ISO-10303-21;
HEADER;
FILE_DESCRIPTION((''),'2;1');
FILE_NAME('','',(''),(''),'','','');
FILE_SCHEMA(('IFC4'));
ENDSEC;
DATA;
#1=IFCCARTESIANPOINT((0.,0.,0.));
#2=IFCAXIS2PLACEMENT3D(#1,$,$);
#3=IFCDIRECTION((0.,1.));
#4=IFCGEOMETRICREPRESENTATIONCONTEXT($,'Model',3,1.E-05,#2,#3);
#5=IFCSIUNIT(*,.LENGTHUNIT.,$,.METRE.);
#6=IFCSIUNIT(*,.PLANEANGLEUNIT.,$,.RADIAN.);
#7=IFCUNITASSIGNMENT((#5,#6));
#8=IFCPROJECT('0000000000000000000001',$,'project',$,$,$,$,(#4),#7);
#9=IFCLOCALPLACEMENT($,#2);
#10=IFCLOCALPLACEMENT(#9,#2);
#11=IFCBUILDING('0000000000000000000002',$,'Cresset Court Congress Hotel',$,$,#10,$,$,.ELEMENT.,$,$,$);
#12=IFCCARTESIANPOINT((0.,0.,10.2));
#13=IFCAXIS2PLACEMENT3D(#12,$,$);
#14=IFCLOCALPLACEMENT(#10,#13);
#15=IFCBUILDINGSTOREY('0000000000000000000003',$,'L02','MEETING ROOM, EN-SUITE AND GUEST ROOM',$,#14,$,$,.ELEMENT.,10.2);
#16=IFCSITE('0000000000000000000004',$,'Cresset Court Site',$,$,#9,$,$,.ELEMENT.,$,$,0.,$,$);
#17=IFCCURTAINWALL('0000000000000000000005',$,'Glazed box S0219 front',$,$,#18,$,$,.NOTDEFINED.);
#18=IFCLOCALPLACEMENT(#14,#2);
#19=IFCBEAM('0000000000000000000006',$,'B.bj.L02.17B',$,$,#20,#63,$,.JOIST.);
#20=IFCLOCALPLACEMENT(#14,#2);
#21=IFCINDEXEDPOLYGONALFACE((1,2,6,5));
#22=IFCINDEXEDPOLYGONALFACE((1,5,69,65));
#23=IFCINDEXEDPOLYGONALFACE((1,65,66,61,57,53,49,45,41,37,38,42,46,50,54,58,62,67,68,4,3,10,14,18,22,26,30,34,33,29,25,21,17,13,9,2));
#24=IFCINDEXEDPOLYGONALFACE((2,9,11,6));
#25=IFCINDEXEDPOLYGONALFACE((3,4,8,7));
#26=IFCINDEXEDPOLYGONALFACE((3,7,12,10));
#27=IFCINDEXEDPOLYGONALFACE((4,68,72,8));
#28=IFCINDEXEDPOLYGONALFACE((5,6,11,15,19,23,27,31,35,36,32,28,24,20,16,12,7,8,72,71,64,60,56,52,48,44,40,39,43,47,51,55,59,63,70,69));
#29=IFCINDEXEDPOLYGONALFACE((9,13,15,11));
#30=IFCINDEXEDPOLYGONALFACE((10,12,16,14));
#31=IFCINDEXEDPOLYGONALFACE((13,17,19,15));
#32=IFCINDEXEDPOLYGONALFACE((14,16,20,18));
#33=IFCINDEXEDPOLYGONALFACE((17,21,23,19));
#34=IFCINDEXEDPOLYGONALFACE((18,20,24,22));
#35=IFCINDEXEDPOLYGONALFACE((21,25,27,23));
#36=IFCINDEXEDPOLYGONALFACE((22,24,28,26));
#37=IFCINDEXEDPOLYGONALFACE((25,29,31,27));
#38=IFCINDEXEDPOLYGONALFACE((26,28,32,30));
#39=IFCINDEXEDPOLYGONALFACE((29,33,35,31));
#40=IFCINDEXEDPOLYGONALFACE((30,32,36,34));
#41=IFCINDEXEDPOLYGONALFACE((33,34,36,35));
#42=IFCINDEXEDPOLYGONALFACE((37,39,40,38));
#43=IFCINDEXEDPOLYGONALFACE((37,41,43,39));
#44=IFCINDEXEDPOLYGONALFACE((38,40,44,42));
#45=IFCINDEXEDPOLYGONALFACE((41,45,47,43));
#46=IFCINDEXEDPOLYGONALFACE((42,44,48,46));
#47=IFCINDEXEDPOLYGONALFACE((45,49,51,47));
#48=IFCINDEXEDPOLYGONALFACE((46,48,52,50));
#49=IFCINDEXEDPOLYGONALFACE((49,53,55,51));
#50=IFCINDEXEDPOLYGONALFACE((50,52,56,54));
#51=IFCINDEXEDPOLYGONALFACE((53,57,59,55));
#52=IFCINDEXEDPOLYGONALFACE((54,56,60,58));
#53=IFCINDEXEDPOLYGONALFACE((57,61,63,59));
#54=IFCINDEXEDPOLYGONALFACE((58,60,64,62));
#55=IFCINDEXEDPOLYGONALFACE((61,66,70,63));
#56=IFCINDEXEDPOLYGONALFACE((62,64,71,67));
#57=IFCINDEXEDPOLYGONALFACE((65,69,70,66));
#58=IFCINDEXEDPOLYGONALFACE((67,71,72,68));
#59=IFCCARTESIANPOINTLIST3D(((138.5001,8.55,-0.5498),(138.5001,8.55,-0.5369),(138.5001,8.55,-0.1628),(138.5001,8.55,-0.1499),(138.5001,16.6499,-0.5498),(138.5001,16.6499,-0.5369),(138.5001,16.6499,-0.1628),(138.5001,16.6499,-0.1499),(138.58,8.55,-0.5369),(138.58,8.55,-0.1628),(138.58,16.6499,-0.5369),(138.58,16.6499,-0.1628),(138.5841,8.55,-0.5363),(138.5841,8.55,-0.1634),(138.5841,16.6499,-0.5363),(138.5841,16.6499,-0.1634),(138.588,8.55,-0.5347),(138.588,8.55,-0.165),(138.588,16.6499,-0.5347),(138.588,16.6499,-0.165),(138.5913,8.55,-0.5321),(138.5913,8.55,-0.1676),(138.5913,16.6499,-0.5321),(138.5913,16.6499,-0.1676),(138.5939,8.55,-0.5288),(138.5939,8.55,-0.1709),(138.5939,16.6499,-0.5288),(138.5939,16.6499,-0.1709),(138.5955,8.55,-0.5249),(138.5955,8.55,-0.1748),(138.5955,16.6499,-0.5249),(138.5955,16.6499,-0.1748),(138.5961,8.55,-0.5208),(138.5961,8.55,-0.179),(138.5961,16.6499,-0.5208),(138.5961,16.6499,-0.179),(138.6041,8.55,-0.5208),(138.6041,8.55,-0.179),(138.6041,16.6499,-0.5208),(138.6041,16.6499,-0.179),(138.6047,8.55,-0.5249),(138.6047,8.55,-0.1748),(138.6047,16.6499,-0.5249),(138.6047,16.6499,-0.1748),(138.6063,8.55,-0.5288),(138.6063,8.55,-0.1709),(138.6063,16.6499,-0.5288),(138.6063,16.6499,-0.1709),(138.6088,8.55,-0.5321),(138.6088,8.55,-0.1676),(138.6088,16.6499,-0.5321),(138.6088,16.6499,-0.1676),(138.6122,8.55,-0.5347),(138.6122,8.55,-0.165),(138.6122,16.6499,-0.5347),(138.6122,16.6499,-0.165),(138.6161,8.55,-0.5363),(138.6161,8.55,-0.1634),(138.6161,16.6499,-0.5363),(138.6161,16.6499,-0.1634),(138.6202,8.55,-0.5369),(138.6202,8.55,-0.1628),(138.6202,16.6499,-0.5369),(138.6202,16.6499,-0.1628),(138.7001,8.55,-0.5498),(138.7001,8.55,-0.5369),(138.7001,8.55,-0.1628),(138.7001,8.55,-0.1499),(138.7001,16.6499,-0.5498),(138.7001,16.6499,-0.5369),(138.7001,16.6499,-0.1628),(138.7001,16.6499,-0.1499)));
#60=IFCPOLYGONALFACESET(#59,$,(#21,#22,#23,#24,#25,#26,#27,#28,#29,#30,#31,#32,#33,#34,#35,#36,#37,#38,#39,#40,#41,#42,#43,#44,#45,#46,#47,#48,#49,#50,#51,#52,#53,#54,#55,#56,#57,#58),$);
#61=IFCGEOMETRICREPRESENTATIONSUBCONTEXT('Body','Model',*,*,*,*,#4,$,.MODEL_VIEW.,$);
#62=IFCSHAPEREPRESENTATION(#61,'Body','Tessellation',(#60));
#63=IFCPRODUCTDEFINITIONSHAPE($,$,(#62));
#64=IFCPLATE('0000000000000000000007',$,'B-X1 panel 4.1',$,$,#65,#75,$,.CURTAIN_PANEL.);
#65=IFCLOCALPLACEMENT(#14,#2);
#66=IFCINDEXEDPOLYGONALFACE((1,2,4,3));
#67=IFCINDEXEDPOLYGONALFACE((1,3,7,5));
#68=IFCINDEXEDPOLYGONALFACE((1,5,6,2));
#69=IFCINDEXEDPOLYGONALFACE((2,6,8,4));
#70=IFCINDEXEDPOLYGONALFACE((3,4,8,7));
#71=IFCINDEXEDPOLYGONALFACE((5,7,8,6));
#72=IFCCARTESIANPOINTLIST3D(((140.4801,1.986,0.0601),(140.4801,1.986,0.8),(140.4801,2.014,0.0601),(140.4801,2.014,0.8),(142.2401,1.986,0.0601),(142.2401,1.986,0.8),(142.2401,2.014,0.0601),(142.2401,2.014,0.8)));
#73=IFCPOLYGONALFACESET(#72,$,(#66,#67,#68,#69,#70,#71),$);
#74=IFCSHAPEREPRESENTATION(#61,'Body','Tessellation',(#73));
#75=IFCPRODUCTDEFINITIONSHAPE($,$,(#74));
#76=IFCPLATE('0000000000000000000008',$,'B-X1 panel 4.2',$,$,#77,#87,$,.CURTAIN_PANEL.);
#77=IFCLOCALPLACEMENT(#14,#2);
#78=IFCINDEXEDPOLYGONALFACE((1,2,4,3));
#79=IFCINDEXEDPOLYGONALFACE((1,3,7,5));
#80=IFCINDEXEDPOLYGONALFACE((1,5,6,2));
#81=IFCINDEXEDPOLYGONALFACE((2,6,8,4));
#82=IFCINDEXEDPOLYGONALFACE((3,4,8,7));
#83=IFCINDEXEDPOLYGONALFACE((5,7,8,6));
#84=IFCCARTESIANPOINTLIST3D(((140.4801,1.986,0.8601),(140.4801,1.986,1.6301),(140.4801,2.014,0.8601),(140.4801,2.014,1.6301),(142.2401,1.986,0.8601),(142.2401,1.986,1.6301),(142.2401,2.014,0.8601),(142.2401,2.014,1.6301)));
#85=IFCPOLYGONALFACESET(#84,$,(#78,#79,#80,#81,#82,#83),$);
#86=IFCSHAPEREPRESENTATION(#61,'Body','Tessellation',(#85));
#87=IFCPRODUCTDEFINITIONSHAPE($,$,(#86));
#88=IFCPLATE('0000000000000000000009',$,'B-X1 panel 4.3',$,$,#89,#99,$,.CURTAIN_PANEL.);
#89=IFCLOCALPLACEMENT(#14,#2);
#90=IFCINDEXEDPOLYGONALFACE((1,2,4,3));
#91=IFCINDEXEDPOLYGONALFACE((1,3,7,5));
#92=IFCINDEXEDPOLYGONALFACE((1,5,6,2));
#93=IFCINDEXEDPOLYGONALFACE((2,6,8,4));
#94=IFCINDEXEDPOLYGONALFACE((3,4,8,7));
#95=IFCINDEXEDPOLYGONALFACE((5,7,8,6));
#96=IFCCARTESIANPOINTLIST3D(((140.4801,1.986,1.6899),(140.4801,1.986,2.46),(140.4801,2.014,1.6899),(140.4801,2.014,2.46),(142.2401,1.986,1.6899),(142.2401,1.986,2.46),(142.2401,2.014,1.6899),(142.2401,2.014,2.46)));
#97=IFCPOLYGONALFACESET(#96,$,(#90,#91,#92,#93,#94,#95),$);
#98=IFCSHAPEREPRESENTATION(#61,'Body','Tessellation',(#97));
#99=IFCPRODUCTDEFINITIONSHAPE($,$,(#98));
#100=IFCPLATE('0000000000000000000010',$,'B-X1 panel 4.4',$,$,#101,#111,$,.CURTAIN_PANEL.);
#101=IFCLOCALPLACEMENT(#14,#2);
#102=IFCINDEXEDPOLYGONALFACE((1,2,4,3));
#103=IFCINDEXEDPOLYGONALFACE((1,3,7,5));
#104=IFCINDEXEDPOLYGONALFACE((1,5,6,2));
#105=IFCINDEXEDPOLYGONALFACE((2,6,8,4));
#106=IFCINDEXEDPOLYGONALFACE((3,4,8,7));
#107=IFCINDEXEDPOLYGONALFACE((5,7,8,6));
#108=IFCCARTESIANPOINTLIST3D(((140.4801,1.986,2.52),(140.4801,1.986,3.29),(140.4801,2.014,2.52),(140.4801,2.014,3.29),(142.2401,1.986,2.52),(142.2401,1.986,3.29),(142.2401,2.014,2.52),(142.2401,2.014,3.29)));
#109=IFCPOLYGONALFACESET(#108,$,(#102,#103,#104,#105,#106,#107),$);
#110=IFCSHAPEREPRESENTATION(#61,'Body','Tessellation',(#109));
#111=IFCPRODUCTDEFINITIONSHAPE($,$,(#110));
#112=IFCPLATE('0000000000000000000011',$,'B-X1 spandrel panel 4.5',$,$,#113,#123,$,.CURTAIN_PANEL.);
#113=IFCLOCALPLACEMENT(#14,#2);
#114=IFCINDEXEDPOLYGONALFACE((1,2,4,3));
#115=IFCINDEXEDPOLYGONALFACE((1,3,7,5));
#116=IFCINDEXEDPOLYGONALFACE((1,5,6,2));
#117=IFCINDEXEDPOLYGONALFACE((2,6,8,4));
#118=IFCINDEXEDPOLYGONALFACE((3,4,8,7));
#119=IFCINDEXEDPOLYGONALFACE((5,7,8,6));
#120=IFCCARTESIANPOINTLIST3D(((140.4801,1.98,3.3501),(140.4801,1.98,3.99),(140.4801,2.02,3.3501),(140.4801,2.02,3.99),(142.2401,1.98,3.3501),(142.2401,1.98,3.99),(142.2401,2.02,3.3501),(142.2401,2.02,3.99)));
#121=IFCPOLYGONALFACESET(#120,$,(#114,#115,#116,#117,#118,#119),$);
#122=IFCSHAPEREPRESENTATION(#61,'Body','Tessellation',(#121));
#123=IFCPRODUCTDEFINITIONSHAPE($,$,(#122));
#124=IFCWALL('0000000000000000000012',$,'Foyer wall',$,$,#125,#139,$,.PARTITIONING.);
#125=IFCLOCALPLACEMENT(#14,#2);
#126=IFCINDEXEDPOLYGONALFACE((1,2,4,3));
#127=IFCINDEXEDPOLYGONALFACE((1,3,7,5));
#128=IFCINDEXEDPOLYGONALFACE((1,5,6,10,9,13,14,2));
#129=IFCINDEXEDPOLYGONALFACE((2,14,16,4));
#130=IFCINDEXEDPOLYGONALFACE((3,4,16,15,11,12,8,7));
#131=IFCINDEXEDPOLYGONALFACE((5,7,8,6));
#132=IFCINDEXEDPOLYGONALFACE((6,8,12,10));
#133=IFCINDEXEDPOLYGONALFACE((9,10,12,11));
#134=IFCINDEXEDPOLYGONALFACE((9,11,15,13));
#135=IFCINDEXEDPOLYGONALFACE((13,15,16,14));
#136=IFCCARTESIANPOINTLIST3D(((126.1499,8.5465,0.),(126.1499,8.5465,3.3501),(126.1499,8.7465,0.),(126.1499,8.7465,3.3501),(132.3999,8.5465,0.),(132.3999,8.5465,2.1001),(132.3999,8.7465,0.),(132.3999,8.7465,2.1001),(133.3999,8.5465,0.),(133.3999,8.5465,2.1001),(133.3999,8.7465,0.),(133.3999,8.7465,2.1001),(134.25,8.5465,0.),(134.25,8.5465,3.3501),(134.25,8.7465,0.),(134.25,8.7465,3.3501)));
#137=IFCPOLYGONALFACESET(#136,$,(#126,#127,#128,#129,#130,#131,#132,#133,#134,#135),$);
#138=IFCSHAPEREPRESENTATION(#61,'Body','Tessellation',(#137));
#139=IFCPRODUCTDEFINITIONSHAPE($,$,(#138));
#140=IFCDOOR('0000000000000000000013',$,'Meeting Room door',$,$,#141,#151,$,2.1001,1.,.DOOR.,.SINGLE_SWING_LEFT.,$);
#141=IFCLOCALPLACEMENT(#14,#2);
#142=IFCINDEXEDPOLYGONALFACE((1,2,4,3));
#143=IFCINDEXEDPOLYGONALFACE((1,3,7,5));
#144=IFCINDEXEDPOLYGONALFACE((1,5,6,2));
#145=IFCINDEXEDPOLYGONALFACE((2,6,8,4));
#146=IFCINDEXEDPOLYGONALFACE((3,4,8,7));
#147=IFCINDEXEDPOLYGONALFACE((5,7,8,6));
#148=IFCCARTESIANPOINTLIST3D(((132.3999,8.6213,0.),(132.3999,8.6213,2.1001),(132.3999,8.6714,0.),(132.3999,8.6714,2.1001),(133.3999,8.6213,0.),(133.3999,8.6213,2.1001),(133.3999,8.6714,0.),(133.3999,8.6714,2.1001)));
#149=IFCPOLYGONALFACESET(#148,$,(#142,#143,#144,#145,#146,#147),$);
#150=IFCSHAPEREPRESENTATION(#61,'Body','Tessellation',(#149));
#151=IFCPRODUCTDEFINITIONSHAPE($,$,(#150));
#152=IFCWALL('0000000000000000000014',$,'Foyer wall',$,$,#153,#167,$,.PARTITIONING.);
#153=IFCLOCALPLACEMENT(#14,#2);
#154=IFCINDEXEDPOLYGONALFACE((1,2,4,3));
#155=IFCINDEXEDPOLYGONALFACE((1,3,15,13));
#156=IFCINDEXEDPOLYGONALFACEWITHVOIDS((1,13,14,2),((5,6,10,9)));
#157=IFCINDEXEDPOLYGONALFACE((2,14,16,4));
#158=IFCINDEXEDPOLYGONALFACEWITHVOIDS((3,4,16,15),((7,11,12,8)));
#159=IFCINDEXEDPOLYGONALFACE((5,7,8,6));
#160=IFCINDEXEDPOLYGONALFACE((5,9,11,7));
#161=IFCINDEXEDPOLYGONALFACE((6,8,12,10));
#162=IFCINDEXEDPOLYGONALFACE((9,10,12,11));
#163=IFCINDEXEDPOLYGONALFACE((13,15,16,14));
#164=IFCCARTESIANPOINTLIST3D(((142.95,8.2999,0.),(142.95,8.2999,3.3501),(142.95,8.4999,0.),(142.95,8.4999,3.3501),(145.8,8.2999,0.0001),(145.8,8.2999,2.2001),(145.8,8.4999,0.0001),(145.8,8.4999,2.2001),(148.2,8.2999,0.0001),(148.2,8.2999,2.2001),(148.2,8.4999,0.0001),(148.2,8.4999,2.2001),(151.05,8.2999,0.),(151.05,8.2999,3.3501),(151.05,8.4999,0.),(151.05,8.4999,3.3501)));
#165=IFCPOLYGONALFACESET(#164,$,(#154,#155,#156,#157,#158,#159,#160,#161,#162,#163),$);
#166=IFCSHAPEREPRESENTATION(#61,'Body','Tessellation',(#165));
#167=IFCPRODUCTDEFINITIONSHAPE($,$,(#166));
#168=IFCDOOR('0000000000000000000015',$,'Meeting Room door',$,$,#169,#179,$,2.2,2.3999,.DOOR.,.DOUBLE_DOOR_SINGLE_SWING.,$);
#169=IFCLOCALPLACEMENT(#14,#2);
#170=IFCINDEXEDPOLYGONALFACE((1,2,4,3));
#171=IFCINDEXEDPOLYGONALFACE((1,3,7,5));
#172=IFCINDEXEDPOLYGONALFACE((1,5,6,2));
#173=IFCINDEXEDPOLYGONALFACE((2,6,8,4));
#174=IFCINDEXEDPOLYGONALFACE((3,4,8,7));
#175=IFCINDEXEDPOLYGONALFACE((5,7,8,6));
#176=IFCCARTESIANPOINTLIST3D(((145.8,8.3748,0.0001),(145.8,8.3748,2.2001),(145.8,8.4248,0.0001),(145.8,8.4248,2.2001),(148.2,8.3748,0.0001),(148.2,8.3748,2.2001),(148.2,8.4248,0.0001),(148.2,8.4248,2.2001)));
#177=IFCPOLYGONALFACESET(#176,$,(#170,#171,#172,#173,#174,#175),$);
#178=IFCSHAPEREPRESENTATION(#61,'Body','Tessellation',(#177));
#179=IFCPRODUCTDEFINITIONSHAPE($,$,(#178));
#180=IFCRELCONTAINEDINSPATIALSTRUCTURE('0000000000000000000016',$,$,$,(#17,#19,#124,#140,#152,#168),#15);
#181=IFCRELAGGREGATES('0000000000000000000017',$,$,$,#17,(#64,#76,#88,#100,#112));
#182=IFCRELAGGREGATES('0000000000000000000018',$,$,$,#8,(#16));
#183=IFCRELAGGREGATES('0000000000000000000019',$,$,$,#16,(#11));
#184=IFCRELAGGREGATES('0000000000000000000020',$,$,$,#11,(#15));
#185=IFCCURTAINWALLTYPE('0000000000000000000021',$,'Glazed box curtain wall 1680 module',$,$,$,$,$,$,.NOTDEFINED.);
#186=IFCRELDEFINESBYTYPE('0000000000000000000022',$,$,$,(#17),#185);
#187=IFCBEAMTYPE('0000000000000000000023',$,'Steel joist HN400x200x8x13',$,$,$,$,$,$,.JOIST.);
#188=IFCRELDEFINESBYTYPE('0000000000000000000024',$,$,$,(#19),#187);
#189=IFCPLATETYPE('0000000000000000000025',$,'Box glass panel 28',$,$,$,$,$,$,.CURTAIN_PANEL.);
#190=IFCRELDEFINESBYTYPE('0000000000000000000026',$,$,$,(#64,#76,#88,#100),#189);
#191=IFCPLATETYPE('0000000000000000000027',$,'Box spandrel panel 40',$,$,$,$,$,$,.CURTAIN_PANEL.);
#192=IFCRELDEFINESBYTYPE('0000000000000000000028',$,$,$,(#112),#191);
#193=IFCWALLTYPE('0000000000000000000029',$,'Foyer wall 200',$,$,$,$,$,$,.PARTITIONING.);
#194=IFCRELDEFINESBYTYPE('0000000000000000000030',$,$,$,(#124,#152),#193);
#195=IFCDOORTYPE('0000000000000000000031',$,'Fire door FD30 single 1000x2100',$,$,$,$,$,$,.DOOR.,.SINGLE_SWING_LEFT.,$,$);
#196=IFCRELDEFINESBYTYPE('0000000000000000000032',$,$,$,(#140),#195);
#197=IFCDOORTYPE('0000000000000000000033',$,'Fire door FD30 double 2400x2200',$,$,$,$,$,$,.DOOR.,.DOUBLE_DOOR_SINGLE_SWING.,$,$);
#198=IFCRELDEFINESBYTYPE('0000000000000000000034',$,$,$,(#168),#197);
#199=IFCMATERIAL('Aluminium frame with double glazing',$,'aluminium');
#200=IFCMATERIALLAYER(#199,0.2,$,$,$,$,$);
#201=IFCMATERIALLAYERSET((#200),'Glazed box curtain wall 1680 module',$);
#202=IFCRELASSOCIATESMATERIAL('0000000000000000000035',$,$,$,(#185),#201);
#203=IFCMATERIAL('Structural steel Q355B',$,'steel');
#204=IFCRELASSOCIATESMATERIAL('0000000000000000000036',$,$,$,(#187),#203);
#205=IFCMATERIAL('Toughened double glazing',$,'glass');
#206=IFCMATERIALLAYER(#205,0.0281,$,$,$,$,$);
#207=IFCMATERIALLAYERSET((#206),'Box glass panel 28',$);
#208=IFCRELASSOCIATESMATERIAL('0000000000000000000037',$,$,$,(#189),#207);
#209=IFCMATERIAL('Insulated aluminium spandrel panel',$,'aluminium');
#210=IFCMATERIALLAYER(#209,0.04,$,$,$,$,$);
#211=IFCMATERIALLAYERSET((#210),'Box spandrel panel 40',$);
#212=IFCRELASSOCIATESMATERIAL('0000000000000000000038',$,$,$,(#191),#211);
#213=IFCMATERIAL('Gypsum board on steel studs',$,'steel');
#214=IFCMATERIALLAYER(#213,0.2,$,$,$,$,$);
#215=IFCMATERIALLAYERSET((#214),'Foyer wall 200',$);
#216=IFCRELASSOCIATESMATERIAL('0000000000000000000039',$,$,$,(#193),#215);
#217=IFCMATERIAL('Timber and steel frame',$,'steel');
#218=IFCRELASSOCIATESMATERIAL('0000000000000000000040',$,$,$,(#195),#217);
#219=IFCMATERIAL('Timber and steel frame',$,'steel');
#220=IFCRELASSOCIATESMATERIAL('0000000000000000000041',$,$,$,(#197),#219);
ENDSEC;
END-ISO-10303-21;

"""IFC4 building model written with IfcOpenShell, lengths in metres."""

from ifc_helpers import new_model, si_unit, direction, frame, frame_2d, origin, origin_2d, place, context, subcontext, project, spatial, rectangle, i_section, extrude, material, layer, layer_set, material_profile, profile_set, type_object, element, fill, aggregate, save


model = new_model("IFC4")

# Units and contexts
model_context = context("Model", 3, precision=1e-05, world=origin(), true_north=direction((0.0, 1.0)))
body_context = subcontext(model_context, "Body", "Model", "MODEL_VIEW")
ifc_project = project(units=[si_unit("LENGTHUNIT", "METRE"), si_unit("PLANEANGLEUNIT", "RADIAN")], contexts=[model_context])

# Site, building, storey
site_placement = place(None, origin())
site = spatial("IfcSite", under=ifc_project, at=site_placement, Name="Cresset Court Site", CompositionType="ELEMENT", RefElevation=0.0)
building_placement = place(site_placement, origin())
building = spatial("IfcBuilding", under=site, at=building_placement, Name="Cresset Court Congress Hotel", CompositionType="ELEMENT")
storey_placement = place(building_placement, frame((0.0, 0.0, 10.2)))
storey = spatial("IfcBuildingStorey", under=building, at=storey_placement, Name="L02", Description="MEETING ROOM, EN-SUITE AND GUEST ROOM", CompositionType="ELEMENT", Elevation=10.2)

# Curtain wall
ifc_material_1 = material(Name="Aluminium frame with double glazing", Category="aluminium")
ifc_layer_1 = layer(ifc_material_1, 0.2)
ifc_layer_set_1 = layer_set([ifc_layer_1], Name="Glazed box curtain wall 1680 module")
curtain_wall_type = type_object("IfcCurtainWallType", Name="Glazed box curtain wall 1680 module", PredefinedType="NOTDEFINED", material=ifc_layer_set_1)
curtain_wall_placement = place(storey_placement, origin())
curtain_wall = element("IfcCurtainWall", 1, at=curtain_wall_placement, inside=storey, type_object=curtain_wall_type, Name="Glazed box S0219 front", PredefinedType="NOTDEFINED")

# Beam
ifc_material_2 = material(Name="Structural steel Q355B", Category="steel")
ifc_material_profile_1 = material_profile(ifc_material_2, i_section(OverallWidth=0.2, OverallDepth=0.3999, WebThickness=0.0081, FlangeThickness=0.0129, FilletRadius=0.0161, at=origin_2d()), Name="HN400x200x8x13")
ifc_profile_set_1 = profile_set([ifc_material_profile_1], Name="Structural steel Q355B")
beam_type_1 = type_object("IfcBeamType", Name="Steel joist HN400x200x8x13", PredefinedType="JOIST", material=ifc_profile_set_1)
for number, where, z_axis, x_axis, name in (
    (2, (138.6001, 8.55, -0.3499), (0.0, 1.0, 0.0), (-1.0, 0.0, 0.0), "B.bj.L02.17B"),
):
    element("IfcBeam", number, at=place(storey_placement, frame(where, z_axis=z_axis, x_axis=x_axis)), inside=storey, type_object=beam_type_1, Name=name, PredefinedType="JOIST", context=body_context, shape_type="SweptSolid", body=[
        extrude(i_section(OverallWidth=0.2, OverallDepth=0.3999, WebThickness=0.0081, FlangeThickness=0.0129, FilletRadius=0.0161, at=origin_2d()), origin(), (0.0, 0.0, 1.0), 8.0999),
    ])

# Plates
ifc_material_3 = material(Name="Toughened double glazing", Category="glass")
ifc_layer_2 = layer(ifc_material_3, 0.0281)
ifc_layer_set_2 = layer_set([ifc_layer_2], Name="Box glass panel 28")
plate_type_1 = type_object("IfcPlateType", Name="Box glass panel 28", PredefinedType="CURTAIN_PANEL", material=ifc_layer_set_2)
plate_1_placement = place(storey_placement, frame((141.3601, 2.0, 0.0601), z_axis=(0.0, 0.0, 1.0), x_axis=(1.0, 0.0, 0.0)))
plate_1 = element("IfcPlate", 3, at=plate_1_placement, type_object=plate_type_1, Name="B-X1 panel 4.1", PredefinedType="CURTAIN_PANEL", context=body_context, shape_type="SweptSolid", body=[
    extrude(rectangle(XDim=1.76, YDim=0.0281, at=origin_2d()), origin(), (0.0, 0.0, 1.0), 0.74),
])
plate_2_placement = place(storey_placement, frame((141.3601, 2.0, 0.8601), z_axis=(0.0, 0.0, 1.0), x_axis=(1.0, 0.0, 0.0)))
plate_2 = element("IfcPlate", 4, at=plate_2_placement, type_object=plate_type_1, Name="B-X1 panel 4.2", PredefinedType="CURTAIN_PANEL", context=body_context, shape_type="SweptSolid", body=[
    extrude(rectangle(XDim=1.76, YDim=0.0281, at=origin_2d()), origin(), (0.0, 0.0, 1.0), 0.77),
])
plate_3_placement = place(storey_placement, frame((141.3601, 2.0, 1.6899), z_axis=(0.0, 0.0, 1.0), x_axis=(1.0, 0.0, 0.0)))
plate_3 = element("IfcPlate", 5, at=plate_3_placement, type_object=plate_type_1, Name="B-X1 panel 4.3", PredefinedType="CURTAIN_PANEL", context=body_context, shape_type="SweptSolid", body=[
    extrude(rectangle(XDim=1.76, YDim=0.0281, at=origin_2d()), origin(), (0.0, 0.0, 1.0), 0.77),
])
plate_4_placement = place(storey_placement, frame((141.3601, 2.0, 2.52), z_axis=(0.0, 0.0, 1.0), x_axis=(1.0, 0.0, 0.0)))
plate_4 = element("IfcPlate", 6, at=plate_4_placement, type_object=plate_type_1, Name="B-X1 panel 4.4", PredefinedType="CURTAIN_PANEL", context=body_context, shape_type="SweptSolid", body=[
    extrude(rectangle(XDim=1.76, YDim=0.0281, at=origin_2d()), origin(), (0.0, 0.0, 1.0), 0.77),
])
ifc_material_4 = material(Name="Insulated aluminium spandrel panel", Category="aluminium")
ifc_layer_3 = layer(ifc_material_4, 0.04)
ifc_layer_set_3 = layer_set([ifc_layer_3], Name="Box spandrel panel 40")
plate_type_2 = type_object("IfcPlateType", Name="Box spandrel panel 40", PredefinedType="CURTAIN_PANEL", material=ifc_layer_set_3)
plate_5_placement = place(storey_placement, frame((141.3601, 2.0, 3.3501), z_axis=(0.0, 0.0, 1.0), x_axis=(1.0, 0.0, 0.0)))
plate_5 = element("IfcPlate", 7, at=plate_5_placement, type_object=plate_type_2, Name="B-X1 spandrel panel 4.5", PredefinedType="CURTAIN_PANEL", context=body_context, shape_type="SweptSolid", body=[
    extrude(rectangle(XDim=1.76, YDim=0.04, at=origin_2d()), origin(), (0.0, 0.0, 1.0), 0.6399),
])
aggregate(curtain_wall, [plate_1, plate_2, plate_3, plate_4, plate_5])

# Walls, openings, doors
ifc_material_5 = material(Name="Gypsum board on steel studs", Category="steel")
ifc_layer_4 = layer(ifc_material_5, 0.2)
ifc_layer_set_4 = layer_set([ifc_layer_4], Name="Foyer wall 200")
wall_type_1 = type_object("IfcWallType", Name="Foyer wall 200", PredefinedType="PARTITIONING", material=ifc_layer_set_4)
wall_1_placement = place(storey_placement, frame((126.1499, 8.6465, 0.0), z_axis=(0.0, 0.0, 1.0), x_axis=(1.0, 0.0, 0.0)))
wall_1 = element("IfcWall", 8, at=wall_1_placement, inside=storey, type_object=wall_type_1, Name="Foyer wall", PredefinedType="PARTITIONING", context=body_context, shape_type="SweptSolid", body=[
    extrude(rectangle(XDim=8.1001, YDim=0.2, at=frame_2d((4.05, 0.0))), origin(), (0.0, 0.0, 1.0), 3.3501),
])
opening_1_placement = place(wall_1_placement, frame((6.25, 0.0, 0.0)))
opening_1 = element("IfcOpeningElement", 9, at=opening_1_placement, cuts=wall_1, PredefinedType="OPENING", context=body_context, shape_type="SweptSolid", body=[
    extrude(rectangle(XDim=1.0, YDim=2.1001, at=frame_2d((0.5, 1.05))), frame((0.0, 0.1099, 0.0), z_axis=(0.0, -1.0, 0.0), x_axis=(1.0, 0.0, 0.0)), (0.0, 0.0, 1.0), 0.22),
])
ifc_material_6 = material(Name="Timber and steel frame", Category="steel")
door_type_1 = type_object("IfcDoorType", Name="Fire door FD30 single 1000x2100", OperationType="SINGLE_SWING_LEFT", PredefinedType="DOOR", material=ifc_material_6)
door_1_placement = place(opening_1_placement, origin())
door_1 = element("IfcDoor", 10, at=door_1_placement, inside=storey, type_object=door_type_1, Name="Meeting Room door", OperationType="SINGLE_SWING_LEFT", OverallHeight=2.1001, OverallWidth=1.0, PredefinedType="DOOR", context=body_context, shape_type="SweptSolid", body=[
    extrude(rectangle(XDim=1.0, YDim=2.1001, at=frame_2d((0.5, 1.05))), frame((0.0, 0.0249, 0.0), z_axis=(0.0, -1.0, 0.0), x_axis=(1.0, 0.0, 0.0)), (0.0, 0.0, 1.0), 0.05),
])
fill(opening_1, door_1)
wall_2_placement = place(storey_placement, frame((142.95, 8.3999, 0.0), z_axis=(0.0, 0.0, 1.0), x_axis=(1.0, 0.0, 0.0)))
wall_2 = element("IfcWall", 11, at=wall_2_placement, inside=storey, type_object=wall_type_1, Name="Foyer wall", PredefinedType="PARTITIONING", context=body_context, shape_type="SweptSolid", body=[
    extrude(rectangle(XDim=8.1001, YDim=0.2, at=frame_2d((4.05, 0.0))), origin(), (0.0, 0.0, 1.0), 3.3501),
])
opening_2_placement = place(wall_2_placement, frame((2.8501, 0.0, 0.0)))
opening_2 = element("IfcOpeningElement", 12, at=opening_2_placement, cuts=wall_2, PredefinedType="OPENING", context=body_context, shape_type="SweptSolid", body=[
    extrude(rectangle(XDim=2.3999, YDim=2.2, at=frame_2d((1.2, 1.1001))), frame((0.0, 0.1099, 0.0), z_axis=(0.0, -1.0, 0.0), x_axis=(1.0, 0.0, 0.0)), (0.0, 0.0, 1.0), 0.22),
])
ifc_material_7 = material(Name="Timber and steel frame", Category="steel")
door_type_2 = type_object("IfcDoorType", Name="Fire door FD30 double 2400x2200", OperationType="DOUBLE_DOOR_SINGLE_SWING", PredefinedType="DOOR", material=ifc_material_7)
door_2_placement = place(opening_2_placement, origin())
door_2 = element("IfcDoor", 13, at=door_2_placement, inside=storey, type_object=door_type_2, Name="Meeting Room door", OperationType="DOUBLE_DOOR_SINGLE_SWING", OverallHeight=2.2, OverallWidth=2.3999, PredefinedType="DOOR", context=body_context, shape_type="SweptSolid", body=[
    extrude(rectangle(XDim=2.3999, YDim=2.2, at=frame_2d((1.2, 1.1001))), frame((0.0, 0.0249, 0.0), z_axis=(0.0, -1.0, 0.0), x_axis=(1.0, 0.0, 0.0)), (0.0, 0.0, 1.0), 0.05),
])
fill(opening_2, door_2)

save(model, "model.ifc")
